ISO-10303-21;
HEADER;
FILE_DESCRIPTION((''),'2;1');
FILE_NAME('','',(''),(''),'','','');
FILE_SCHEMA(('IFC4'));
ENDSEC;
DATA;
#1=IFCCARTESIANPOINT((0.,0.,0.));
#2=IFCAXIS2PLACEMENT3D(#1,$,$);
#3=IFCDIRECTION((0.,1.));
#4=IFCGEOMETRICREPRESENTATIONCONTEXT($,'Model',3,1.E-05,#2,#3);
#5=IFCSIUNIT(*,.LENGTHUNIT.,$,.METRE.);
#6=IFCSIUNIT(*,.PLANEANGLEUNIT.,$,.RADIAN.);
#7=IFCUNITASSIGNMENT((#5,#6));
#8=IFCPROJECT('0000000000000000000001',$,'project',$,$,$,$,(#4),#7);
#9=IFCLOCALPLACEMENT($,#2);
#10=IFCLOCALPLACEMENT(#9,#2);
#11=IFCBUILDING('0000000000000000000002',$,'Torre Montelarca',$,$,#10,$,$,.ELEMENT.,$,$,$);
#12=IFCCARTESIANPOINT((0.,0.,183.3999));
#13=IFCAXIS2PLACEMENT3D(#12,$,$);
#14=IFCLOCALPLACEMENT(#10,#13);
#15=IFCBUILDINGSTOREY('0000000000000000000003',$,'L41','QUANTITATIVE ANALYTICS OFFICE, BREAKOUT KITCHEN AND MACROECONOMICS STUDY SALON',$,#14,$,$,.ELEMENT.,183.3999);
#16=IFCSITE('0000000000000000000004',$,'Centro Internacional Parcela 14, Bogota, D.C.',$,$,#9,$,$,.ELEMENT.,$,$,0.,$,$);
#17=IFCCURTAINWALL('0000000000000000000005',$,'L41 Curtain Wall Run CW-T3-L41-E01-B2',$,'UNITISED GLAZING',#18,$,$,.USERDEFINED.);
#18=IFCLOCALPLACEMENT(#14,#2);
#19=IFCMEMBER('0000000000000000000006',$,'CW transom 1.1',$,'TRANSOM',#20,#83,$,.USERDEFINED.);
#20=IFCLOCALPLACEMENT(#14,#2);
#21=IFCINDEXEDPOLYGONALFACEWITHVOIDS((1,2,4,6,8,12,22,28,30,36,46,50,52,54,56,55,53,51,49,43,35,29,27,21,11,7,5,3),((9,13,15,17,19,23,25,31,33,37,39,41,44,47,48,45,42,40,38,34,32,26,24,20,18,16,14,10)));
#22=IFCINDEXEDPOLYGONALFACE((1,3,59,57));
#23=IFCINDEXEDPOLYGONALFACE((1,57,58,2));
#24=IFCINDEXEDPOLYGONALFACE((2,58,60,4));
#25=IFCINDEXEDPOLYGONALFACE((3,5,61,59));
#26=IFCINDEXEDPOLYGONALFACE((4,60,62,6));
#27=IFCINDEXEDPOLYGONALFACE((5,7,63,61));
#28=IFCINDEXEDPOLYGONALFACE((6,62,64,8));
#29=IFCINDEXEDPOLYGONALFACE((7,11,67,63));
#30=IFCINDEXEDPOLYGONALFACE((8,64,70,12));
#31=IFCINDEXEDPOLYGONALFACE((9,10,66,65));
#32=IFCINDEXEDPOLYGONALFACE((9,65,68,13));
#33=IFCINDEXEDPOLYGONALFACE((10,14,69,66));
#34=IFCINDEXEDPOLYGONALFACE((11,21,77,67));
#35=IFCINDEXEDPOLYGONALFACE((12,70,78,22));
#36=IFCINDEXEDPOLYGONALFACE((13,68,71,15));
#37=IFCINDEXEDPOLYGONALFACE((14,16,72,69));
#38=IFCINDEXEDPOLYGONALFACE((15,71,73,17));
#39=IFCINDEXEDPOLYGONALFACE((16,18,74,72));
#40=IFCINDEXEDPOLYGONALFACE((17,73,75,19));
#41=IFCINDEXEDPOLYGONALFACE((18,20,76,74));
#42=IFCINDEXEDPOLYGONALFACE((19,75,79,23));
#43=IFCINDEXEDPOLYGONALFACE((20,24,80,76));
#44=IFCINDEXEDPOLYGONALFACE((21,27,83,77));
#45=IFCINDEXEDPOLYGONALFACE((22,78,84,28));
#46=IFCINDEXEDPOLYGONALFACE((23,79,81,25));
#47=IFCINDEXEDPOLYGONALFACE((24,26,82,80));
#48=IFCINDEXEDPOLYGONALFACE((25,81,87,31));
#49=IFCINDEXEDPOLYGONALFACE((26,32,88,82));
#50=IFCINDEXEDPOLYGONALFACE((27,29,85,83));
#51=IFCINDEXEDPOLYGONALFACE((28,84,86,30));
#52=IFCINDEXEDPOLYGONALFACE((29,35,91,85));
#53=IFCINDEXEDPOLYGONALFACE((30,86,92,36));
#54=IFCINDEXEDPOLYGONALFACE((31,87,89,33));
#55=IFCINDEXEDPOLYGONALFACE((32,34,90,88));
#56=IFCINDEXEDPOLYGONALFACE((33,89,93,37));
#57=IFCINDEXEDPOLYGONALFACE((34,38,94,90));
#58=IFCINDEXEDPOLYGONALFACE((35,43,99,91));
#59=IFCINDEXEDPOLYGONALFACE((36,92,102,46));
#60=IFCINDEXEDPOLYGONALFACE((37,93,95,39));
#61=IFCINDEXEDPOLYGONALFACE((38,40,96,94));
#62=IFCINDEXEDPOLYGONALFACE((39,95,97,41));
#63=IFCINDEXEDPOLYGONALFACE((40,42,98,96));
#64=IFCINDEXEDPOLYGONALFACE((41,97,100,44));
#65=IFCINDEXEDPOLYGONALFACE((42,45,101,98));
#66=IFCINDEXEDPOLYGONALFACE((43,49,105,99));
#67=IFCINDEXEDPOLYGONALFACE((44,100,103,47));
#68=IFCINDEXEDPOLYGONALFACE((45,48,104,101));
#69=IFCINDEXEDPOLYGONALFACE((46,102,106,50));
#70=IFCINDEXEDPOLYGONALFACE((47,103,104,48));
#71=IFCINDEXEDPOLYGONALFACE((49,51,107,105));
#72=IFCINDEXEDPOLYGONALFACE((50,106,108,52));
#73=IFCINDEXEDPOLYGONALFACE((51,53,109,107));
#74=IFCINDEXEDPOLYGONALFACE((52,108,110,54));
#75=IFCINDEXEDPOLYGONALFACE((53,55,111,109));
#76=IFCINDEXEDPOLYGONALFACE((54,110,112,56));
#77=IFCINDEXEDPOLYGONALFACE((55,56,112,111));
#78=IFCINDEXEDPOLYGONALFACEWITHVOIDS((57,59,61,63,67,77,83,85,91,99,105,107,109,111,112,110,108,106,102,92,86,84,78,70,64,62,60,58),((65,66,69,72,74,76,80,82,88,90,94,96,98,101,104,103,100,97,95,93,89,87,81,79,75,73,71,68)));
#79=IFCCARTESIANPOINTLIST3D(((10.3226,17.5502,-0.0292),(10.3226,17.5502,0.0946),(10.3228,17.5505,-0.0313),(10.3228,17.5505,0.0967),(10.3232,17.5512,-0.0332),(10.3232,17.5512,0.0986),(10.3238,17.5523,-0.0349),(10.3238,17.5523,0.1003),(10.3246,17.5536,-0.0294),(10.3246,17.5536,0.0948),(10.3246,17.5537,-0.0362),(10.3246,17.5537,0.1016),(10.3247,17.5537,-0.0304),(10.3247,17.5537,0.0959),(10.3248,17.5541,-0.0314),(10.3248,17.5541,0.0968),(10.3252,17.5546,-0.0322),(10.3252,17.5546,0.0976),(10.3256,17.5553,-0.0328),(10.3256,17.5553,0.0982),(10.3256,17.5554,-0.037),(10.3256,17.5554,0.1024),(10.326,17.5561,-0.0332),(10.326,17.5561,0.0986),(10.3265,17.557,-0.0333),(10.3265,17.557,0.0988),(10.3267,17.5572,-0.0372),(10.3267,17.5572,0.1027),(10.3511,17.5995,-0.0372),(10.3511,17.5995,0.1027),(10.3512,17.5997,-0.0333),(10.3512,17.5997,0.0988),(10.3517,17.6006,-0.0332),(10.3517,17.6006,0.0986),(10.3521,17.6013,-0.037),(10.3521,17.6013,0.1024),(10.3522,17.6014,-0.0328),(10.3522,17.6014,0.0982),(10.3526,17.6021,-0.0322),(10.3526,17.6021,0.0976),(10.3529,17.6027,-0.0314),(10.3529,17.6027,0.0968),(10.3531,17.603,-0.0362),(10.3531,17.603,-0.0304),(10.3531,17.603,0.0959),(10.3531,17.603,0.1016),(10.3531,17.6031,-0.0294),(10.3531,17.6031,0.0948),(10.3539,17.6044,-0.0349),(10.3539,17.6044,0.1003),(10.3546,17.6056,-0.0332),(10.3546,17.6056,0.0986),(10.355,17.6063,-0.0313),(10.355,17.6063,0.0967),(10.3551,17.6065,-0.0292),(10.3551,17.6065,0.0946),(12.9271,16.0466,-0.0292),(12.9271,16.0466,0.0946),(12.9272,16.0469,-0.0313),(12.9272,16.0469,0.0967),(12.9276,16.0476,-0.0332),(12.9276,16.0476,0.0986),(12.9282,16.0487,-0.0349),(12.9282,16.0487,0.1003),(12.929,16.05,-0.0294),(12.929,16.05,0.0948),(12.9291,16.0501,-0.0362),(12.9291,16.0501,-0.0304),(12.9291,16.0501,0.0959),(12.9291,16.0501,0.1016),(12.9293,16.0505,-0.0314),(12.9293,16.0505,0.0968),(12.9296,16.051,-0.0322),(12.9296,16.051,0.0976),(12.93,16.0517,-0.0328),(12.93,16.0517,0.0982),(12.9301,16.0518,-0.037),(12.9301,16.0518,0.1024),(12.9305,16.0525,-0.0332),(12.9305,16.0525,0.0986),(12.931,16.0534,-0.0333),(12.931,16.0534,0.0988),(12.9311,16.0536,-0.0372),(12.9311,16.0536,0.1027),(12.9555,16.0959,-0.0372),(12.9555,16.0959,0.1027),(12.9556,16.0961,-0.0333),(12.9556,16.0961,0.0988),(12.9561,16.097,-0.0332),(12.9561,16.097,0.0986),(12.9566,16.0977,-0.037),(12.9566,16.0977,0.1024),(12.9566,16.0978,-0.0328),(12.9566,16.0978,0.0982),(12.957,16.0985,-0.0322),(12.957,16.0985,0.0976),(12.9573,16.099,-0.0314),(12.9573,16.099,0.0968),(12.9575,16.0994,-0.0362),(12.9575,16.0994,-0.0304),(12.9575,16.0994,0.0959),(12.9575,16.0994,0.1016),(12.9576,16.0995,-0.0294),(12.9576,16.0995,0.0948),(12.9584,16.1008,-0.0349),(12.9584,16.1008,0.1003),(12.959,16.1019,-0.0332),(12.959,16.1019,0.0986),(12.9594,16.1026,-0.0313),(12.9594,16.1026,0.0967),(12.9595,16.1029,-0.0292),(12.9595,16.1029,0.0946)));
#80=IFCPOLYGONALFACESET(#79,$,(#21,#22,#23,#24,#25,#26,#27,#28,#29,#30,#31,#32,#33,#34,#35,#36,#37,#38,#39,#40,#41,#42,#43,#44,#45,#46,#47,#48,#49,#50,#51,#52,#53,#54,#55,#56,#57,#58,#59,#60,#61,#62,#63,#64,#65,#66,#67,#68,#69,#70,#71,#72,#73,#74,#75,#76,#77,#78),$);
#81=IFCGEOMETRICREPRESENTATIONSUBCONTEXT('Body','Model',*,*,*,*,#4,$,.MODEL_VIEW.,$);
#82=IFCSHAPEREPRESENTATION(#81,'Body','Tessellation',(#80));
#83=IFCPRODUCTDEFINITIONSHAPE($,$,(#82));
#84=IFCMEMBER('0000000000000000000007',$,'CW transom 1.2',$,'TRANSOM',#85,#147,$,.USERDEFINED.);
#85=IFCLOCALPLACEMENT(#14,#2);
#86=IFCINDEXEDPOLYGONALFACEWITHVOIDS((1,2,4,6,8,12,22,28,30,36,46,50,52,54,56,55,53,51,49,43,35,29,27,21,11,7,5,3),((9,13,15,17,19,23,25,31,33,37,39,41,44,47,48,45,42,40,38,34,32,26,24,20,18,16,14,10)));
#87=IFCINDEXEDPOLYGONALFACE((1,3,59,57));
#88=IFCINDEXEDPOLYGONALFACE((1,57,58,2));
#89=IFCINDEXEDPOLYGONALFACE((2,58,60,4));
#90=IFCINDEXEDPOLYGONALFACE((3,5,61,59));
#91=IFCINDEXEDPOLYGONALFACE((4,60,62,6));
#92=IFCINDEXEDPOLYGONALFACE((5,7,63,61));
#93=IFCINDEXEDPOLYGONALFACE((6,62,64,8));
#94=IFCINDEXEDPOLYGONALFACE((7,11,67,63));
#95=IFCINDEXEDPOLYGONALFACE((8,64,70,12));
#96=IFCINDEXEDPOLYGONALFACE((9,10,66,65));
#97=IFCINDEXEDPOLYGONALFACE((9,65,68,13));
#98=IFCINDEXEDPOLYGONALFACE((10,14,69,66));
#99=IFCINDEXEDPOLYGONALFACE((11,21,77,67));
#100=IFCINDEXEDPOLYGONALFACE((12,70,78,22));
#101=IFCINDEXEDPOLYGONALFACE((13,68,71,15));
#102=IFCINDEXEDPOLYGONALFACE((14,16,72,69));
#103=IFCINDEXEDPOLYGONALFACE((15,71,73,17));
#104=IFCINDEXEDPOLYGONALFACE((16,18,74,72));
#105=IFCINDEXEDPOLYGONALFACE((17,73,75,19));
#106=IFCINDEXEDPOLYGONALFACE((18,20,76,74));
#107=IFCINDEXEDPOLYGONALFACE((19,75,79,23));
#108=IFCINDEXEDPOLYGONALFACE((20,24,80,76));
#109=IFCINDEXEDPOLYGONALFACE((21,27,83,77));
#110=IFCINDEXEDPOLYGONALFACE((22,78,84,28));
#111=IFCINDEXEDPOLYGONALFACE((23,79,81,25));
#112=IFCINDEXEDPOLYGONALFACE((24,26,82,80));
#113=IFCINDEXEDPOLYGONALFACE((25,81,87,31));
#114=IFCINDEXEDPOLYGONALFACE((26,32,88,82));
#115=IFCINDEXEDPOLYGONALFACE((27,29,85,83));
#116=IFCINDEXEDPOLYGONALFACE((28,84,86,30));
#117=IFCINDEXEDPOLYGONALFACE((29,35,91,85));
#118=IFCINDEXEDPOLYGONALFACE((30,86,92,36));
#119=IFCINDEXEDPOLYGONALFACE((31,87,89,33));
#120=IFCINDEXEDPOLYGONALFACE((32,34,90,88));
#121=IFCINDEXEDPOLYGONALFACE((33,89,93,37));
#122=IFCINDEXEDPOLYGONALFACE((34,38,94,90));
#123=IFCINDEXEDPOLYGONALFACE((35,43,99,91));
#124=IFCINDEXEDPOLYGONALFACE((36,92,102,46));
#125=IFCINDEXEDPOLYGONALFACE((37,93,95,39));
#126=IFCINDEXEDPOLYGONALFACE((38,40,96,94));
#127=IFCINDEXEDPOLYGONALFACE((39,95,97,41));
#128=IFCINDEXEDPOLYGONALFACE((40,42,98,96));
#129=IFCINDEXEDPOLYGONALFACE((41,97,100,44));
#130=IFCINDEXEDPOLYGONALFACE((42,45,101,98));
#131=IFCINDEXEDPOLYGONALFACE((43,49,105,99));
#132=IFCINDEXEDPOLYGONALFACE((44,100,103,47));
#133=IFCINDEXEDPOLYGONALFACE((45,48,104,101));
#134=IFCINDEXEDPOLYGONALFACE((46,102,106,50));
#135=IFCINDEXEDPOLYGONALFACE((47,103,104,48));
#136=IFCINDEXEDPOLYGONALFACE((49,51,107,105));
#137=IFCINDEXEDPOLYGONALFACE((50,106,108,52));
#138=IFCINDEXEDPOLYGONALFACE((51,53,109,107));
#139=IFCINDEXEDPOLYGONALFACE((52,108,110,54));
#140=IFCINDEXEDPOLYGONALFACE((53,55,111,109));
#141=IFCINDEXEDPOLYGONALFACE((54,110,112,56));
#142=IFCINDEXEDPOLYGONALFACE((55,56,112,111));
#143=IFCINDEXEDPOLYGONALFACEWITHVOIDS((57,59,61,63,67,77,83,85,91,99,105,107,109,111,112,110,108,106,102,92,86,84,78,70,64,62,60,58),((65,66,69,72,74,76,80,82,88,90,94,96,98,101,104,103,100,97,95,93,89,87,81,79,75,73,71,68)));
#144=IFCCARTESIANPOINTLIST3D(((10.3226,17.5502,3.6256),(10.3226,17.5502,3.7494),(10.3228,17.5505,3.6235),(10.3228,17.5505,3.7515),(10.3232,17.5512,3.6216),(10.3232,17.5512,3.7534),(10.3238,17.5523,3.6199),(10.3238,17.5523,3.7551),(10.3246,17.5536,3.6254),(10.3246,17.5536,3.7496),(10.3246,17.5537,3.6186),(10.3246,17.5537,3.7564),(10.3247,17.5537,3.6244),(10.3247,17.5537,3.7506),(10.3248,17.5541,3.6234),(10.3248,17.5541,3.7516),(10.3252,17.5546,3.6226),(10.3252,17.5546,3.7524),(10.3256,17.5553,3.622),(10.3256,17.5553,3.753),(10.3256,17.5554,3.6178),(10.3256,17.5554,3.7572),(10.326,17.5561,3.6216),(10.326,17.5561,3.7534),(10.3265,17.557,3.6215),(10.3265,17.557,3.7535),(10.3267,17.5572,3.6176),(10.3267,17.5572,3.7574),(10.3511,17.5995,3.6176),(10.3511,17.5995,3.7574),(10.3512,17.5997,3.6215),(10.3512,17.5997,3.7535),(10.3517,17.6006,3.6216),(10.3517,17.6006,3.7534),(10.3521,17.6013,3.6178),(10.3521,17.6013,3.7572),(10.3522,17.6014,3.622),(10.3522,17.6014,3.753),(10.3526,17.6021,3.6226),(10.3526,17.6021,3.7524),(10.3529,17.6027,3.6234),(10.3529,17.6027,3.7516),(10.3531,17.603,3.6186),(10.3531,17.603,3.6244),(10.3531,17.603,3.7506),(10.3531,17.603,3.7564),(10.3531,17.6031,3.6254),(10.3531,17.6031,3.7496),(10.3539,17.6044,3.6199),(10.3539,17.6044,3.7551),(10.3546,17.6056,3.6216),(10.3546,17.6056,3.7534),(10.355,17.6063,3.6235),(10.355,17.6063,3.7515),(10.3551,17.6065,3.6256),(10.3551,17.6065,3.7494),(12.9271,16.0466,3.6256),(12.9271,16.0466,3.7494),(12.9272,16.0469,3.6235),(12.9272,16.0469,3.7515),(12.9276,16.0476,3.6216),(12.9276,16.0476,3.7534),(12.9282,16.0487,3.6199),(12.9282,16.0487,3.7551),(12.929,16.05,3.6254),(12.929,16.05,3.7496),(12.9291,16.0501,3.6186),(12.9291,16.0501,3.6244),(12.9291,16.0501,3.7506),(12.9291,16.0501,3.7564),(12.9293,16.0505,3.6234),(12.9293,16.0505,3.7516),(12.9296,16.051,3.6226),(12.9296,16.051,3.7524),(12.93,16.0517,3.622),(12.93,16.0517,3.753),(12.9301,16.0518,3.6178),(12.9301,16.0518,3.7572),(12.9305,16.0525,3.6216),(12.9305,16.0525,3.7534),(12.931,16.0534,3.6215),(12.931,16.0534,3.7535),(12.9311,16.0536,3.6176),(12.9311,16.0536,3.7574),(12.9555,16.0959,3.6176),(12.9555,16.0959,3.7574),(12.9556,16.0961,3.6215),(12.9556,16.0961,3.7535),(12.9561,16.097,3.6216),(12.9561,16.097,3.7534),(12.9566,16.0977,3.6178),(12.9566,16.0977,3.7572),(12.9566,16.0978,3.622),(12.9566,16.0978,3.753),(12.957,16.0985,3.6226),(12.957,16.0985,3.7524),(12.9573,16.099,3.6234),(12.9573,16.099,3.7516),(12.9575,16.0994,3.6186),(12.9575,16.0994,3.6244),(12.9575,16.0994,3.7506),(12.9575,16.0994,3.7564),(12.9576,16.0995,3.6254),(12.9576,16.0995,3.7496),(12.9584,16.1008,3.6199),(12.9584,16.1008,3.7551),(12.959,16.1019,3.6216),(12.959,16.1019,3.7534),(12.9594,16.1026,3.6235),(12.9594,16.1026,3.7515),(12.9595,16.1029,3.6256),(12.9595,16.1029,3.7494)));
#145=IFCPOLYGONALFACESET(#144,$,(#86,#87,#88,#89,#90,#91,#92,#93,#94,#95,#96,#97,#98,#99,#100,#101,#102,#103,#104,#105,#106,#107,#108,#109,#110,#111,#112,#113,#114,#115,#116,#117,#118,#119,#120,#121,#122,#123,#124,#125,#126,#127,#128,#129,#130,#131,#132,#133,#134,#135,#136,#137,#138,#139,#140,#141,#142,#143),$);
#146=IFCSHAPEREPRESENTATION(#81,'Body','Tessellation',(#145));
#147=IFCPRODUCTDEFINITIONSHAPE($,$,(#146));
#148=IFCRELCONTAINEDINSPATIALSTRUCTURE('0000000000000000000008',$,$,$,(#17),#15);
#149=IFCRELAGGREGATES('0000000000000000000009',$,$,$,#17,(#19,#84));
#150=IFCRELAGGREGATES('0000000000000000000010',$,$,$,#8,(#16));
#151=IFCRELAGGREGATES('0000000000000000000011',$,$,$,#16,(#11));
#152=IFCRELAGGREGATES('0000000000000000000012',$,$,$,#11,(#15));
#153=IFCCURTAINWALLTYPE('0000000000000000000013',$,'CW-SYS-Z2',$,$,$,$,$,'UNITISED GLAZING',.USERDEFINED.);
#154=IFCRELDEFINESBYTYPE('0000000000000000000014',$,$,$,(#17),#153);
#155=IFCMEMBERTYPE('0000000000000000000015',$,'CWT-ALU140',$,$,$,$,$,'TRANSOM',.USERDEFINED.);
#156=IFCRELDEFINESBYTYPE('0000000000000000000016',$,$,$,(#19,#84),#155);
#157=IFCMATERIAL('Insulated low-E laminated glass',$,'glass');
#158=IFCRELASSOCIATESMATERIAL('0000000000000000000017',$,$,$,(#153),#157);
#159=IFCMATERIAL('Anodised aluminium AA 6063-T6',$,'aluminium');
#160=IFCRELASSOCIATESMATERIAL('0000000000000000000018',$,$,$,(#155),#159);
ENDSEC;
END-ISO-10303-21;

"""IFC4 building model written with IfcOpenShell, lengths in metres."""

from ifc_helpers import new_model, si_unit, direction, frame, origin, origin_2d, place, context, subcontext, project, spatial, hollow_rectangle, extrude, source, transform, mapped, material, material_profile, profile_set, type_object, element, aggregate, save


model = new_model("IFC4")

# Units and contexts
model_context = context("Model", 3, precision=1e-05, world=origin(), true_north=direction((0.0, 1.0)))
body_context = subcontext(model_context, "Body", "Model", "MODEL_VIEW")
ifc_project = project(units=[si_unit("LENGTHUNIT", "METRE"), si_unit("PLANEANGLEUNIT", "RADIAN")], contexts=[model_context])

# Site, building, storey
site_placement = place(None, origin())
site = spatial("IfcSite", under=ifc_project, at=site_placement, Name="Centro Internacional Parcela 14, Bogota, D.C.", CompositionType="ELEMENT", RefElevation=0.0)
building_placement = place(site_placement, origin())
building = spatial("IfcBuilding", under=site, at=building_placement, Name="Torre Montelarca", CompositionType="ELEMENT")
storey_placement = place(building_placement, frame((0.0, 0.0, 183.3999)))
storey = spatial("IfcBuildingStorey", under=building, at=storey_placement, Name="L41", Description="QUANTITATIVE ANALYTICS OFFICE, BREAKOUT KITCHEN AND MACROECONOMICS STUDY SALON", CompositionType="ELEMENT", Elevation=183.3999)

# Shared definitions
ifc_material_1 = material(Name="Insulated low-E laminated glass", Category="glass")
curtain_wall_type = type_object("IfcCurtainWallType", Name="CW-SYS-Z2", ElementType="UNITISED GLAZING", PredefinedType="USERDEFINED", material=ifc_material_1)
ifc_material_2 = material(Name="Anodised aluminium AA 6063-T6", Category="aluminium")
ifc_material_profile_1 = material_profile(ifc_material_2, hollow_rectangle(XDim=0.0649, YDim=0.1399, WallThickness=0.0039, InnerFilletRadius=0.0039, OuterFilletRadius=0.0081, at=origin_2d()), Name="ALU65X140X4", Category="aluminium")
ifc_profile_set_1 = profile_set([ifc_material_profile_1], Name="Anodised aluminium AA 6063-T6")
member_type_1 = type_object("IfcMemberType", Name="CWT-ALU140", ElementType="TRANSOM", PredefinedType="USERDEFINED", material=ifc_profile_set_1)

# Curtain wall
curtain_wall_1_placement = place(storey_placement, origin())
curtain_wall_1 = element("IfcCurtainWall", 1, at=curtain_wall_1_placement, inside=storey, type_object=curtain_wall_type, Name="L41 Curtain Wall Run CW-T3-L41-E01-B2", ObjectType="UNITISED GLAZING", PredefinedType="USERDEFINED")

# Members
shared_shape_1 = source(origin(), body_context, "Body", "SweptSolid", [
    extrude(hollow_rectangle(XDim=0.0649, YDim=0.1399, WallThickness=0.0039, InnerFilletRadius=0.0039, OuterFilletRadius=0.0081, at=origin_2d()), origin(), (0.0, 0.0, 1.0), 3.0073),
])
member_1_placement = place(storey_placement, frame((10.3389, 17.5784, 0.0327), z_axis=(0.866031, -0.499989, 0.0), x_axis=(0.499989, 0.866031, 0.0)))
member_1 = element("IfcMember", 2, at=member_1_placement, type_object=member_type_1, Name="CW transom 1.1", ObjectType="TRANSOM", PredefinedType="USERDEFINED", context=body_context, shape_type="MappedRepresentation", body=[
    mapped(shared_shape_1, transform((0.0, 0.0, 0.0), scale=1.0)),
])
member_2_placement = place(storey_placement, frame((10.3389, 17.5784, 3.6875), z_axis=(0.866031, -0.499989, 0.0), x_axis=(0.499989, 0.866031, 0.0)))
member_2 = element("IfcMember", 3, at=member_2_placement, type_object=member_type_1, Name="CW transom 1.2", ObjectType="TRANSOM", PredefinedType="USERDEFINED", context=body_context, shape_type="MappedRepresentation", body=[
    mapped(shared_shape_1, transform((0.0, 0.0, 0.0), scale=1.0)),
])

aggregate(curtain_wall_1, [member_1, member_2])

save(model, "model.ifc")
